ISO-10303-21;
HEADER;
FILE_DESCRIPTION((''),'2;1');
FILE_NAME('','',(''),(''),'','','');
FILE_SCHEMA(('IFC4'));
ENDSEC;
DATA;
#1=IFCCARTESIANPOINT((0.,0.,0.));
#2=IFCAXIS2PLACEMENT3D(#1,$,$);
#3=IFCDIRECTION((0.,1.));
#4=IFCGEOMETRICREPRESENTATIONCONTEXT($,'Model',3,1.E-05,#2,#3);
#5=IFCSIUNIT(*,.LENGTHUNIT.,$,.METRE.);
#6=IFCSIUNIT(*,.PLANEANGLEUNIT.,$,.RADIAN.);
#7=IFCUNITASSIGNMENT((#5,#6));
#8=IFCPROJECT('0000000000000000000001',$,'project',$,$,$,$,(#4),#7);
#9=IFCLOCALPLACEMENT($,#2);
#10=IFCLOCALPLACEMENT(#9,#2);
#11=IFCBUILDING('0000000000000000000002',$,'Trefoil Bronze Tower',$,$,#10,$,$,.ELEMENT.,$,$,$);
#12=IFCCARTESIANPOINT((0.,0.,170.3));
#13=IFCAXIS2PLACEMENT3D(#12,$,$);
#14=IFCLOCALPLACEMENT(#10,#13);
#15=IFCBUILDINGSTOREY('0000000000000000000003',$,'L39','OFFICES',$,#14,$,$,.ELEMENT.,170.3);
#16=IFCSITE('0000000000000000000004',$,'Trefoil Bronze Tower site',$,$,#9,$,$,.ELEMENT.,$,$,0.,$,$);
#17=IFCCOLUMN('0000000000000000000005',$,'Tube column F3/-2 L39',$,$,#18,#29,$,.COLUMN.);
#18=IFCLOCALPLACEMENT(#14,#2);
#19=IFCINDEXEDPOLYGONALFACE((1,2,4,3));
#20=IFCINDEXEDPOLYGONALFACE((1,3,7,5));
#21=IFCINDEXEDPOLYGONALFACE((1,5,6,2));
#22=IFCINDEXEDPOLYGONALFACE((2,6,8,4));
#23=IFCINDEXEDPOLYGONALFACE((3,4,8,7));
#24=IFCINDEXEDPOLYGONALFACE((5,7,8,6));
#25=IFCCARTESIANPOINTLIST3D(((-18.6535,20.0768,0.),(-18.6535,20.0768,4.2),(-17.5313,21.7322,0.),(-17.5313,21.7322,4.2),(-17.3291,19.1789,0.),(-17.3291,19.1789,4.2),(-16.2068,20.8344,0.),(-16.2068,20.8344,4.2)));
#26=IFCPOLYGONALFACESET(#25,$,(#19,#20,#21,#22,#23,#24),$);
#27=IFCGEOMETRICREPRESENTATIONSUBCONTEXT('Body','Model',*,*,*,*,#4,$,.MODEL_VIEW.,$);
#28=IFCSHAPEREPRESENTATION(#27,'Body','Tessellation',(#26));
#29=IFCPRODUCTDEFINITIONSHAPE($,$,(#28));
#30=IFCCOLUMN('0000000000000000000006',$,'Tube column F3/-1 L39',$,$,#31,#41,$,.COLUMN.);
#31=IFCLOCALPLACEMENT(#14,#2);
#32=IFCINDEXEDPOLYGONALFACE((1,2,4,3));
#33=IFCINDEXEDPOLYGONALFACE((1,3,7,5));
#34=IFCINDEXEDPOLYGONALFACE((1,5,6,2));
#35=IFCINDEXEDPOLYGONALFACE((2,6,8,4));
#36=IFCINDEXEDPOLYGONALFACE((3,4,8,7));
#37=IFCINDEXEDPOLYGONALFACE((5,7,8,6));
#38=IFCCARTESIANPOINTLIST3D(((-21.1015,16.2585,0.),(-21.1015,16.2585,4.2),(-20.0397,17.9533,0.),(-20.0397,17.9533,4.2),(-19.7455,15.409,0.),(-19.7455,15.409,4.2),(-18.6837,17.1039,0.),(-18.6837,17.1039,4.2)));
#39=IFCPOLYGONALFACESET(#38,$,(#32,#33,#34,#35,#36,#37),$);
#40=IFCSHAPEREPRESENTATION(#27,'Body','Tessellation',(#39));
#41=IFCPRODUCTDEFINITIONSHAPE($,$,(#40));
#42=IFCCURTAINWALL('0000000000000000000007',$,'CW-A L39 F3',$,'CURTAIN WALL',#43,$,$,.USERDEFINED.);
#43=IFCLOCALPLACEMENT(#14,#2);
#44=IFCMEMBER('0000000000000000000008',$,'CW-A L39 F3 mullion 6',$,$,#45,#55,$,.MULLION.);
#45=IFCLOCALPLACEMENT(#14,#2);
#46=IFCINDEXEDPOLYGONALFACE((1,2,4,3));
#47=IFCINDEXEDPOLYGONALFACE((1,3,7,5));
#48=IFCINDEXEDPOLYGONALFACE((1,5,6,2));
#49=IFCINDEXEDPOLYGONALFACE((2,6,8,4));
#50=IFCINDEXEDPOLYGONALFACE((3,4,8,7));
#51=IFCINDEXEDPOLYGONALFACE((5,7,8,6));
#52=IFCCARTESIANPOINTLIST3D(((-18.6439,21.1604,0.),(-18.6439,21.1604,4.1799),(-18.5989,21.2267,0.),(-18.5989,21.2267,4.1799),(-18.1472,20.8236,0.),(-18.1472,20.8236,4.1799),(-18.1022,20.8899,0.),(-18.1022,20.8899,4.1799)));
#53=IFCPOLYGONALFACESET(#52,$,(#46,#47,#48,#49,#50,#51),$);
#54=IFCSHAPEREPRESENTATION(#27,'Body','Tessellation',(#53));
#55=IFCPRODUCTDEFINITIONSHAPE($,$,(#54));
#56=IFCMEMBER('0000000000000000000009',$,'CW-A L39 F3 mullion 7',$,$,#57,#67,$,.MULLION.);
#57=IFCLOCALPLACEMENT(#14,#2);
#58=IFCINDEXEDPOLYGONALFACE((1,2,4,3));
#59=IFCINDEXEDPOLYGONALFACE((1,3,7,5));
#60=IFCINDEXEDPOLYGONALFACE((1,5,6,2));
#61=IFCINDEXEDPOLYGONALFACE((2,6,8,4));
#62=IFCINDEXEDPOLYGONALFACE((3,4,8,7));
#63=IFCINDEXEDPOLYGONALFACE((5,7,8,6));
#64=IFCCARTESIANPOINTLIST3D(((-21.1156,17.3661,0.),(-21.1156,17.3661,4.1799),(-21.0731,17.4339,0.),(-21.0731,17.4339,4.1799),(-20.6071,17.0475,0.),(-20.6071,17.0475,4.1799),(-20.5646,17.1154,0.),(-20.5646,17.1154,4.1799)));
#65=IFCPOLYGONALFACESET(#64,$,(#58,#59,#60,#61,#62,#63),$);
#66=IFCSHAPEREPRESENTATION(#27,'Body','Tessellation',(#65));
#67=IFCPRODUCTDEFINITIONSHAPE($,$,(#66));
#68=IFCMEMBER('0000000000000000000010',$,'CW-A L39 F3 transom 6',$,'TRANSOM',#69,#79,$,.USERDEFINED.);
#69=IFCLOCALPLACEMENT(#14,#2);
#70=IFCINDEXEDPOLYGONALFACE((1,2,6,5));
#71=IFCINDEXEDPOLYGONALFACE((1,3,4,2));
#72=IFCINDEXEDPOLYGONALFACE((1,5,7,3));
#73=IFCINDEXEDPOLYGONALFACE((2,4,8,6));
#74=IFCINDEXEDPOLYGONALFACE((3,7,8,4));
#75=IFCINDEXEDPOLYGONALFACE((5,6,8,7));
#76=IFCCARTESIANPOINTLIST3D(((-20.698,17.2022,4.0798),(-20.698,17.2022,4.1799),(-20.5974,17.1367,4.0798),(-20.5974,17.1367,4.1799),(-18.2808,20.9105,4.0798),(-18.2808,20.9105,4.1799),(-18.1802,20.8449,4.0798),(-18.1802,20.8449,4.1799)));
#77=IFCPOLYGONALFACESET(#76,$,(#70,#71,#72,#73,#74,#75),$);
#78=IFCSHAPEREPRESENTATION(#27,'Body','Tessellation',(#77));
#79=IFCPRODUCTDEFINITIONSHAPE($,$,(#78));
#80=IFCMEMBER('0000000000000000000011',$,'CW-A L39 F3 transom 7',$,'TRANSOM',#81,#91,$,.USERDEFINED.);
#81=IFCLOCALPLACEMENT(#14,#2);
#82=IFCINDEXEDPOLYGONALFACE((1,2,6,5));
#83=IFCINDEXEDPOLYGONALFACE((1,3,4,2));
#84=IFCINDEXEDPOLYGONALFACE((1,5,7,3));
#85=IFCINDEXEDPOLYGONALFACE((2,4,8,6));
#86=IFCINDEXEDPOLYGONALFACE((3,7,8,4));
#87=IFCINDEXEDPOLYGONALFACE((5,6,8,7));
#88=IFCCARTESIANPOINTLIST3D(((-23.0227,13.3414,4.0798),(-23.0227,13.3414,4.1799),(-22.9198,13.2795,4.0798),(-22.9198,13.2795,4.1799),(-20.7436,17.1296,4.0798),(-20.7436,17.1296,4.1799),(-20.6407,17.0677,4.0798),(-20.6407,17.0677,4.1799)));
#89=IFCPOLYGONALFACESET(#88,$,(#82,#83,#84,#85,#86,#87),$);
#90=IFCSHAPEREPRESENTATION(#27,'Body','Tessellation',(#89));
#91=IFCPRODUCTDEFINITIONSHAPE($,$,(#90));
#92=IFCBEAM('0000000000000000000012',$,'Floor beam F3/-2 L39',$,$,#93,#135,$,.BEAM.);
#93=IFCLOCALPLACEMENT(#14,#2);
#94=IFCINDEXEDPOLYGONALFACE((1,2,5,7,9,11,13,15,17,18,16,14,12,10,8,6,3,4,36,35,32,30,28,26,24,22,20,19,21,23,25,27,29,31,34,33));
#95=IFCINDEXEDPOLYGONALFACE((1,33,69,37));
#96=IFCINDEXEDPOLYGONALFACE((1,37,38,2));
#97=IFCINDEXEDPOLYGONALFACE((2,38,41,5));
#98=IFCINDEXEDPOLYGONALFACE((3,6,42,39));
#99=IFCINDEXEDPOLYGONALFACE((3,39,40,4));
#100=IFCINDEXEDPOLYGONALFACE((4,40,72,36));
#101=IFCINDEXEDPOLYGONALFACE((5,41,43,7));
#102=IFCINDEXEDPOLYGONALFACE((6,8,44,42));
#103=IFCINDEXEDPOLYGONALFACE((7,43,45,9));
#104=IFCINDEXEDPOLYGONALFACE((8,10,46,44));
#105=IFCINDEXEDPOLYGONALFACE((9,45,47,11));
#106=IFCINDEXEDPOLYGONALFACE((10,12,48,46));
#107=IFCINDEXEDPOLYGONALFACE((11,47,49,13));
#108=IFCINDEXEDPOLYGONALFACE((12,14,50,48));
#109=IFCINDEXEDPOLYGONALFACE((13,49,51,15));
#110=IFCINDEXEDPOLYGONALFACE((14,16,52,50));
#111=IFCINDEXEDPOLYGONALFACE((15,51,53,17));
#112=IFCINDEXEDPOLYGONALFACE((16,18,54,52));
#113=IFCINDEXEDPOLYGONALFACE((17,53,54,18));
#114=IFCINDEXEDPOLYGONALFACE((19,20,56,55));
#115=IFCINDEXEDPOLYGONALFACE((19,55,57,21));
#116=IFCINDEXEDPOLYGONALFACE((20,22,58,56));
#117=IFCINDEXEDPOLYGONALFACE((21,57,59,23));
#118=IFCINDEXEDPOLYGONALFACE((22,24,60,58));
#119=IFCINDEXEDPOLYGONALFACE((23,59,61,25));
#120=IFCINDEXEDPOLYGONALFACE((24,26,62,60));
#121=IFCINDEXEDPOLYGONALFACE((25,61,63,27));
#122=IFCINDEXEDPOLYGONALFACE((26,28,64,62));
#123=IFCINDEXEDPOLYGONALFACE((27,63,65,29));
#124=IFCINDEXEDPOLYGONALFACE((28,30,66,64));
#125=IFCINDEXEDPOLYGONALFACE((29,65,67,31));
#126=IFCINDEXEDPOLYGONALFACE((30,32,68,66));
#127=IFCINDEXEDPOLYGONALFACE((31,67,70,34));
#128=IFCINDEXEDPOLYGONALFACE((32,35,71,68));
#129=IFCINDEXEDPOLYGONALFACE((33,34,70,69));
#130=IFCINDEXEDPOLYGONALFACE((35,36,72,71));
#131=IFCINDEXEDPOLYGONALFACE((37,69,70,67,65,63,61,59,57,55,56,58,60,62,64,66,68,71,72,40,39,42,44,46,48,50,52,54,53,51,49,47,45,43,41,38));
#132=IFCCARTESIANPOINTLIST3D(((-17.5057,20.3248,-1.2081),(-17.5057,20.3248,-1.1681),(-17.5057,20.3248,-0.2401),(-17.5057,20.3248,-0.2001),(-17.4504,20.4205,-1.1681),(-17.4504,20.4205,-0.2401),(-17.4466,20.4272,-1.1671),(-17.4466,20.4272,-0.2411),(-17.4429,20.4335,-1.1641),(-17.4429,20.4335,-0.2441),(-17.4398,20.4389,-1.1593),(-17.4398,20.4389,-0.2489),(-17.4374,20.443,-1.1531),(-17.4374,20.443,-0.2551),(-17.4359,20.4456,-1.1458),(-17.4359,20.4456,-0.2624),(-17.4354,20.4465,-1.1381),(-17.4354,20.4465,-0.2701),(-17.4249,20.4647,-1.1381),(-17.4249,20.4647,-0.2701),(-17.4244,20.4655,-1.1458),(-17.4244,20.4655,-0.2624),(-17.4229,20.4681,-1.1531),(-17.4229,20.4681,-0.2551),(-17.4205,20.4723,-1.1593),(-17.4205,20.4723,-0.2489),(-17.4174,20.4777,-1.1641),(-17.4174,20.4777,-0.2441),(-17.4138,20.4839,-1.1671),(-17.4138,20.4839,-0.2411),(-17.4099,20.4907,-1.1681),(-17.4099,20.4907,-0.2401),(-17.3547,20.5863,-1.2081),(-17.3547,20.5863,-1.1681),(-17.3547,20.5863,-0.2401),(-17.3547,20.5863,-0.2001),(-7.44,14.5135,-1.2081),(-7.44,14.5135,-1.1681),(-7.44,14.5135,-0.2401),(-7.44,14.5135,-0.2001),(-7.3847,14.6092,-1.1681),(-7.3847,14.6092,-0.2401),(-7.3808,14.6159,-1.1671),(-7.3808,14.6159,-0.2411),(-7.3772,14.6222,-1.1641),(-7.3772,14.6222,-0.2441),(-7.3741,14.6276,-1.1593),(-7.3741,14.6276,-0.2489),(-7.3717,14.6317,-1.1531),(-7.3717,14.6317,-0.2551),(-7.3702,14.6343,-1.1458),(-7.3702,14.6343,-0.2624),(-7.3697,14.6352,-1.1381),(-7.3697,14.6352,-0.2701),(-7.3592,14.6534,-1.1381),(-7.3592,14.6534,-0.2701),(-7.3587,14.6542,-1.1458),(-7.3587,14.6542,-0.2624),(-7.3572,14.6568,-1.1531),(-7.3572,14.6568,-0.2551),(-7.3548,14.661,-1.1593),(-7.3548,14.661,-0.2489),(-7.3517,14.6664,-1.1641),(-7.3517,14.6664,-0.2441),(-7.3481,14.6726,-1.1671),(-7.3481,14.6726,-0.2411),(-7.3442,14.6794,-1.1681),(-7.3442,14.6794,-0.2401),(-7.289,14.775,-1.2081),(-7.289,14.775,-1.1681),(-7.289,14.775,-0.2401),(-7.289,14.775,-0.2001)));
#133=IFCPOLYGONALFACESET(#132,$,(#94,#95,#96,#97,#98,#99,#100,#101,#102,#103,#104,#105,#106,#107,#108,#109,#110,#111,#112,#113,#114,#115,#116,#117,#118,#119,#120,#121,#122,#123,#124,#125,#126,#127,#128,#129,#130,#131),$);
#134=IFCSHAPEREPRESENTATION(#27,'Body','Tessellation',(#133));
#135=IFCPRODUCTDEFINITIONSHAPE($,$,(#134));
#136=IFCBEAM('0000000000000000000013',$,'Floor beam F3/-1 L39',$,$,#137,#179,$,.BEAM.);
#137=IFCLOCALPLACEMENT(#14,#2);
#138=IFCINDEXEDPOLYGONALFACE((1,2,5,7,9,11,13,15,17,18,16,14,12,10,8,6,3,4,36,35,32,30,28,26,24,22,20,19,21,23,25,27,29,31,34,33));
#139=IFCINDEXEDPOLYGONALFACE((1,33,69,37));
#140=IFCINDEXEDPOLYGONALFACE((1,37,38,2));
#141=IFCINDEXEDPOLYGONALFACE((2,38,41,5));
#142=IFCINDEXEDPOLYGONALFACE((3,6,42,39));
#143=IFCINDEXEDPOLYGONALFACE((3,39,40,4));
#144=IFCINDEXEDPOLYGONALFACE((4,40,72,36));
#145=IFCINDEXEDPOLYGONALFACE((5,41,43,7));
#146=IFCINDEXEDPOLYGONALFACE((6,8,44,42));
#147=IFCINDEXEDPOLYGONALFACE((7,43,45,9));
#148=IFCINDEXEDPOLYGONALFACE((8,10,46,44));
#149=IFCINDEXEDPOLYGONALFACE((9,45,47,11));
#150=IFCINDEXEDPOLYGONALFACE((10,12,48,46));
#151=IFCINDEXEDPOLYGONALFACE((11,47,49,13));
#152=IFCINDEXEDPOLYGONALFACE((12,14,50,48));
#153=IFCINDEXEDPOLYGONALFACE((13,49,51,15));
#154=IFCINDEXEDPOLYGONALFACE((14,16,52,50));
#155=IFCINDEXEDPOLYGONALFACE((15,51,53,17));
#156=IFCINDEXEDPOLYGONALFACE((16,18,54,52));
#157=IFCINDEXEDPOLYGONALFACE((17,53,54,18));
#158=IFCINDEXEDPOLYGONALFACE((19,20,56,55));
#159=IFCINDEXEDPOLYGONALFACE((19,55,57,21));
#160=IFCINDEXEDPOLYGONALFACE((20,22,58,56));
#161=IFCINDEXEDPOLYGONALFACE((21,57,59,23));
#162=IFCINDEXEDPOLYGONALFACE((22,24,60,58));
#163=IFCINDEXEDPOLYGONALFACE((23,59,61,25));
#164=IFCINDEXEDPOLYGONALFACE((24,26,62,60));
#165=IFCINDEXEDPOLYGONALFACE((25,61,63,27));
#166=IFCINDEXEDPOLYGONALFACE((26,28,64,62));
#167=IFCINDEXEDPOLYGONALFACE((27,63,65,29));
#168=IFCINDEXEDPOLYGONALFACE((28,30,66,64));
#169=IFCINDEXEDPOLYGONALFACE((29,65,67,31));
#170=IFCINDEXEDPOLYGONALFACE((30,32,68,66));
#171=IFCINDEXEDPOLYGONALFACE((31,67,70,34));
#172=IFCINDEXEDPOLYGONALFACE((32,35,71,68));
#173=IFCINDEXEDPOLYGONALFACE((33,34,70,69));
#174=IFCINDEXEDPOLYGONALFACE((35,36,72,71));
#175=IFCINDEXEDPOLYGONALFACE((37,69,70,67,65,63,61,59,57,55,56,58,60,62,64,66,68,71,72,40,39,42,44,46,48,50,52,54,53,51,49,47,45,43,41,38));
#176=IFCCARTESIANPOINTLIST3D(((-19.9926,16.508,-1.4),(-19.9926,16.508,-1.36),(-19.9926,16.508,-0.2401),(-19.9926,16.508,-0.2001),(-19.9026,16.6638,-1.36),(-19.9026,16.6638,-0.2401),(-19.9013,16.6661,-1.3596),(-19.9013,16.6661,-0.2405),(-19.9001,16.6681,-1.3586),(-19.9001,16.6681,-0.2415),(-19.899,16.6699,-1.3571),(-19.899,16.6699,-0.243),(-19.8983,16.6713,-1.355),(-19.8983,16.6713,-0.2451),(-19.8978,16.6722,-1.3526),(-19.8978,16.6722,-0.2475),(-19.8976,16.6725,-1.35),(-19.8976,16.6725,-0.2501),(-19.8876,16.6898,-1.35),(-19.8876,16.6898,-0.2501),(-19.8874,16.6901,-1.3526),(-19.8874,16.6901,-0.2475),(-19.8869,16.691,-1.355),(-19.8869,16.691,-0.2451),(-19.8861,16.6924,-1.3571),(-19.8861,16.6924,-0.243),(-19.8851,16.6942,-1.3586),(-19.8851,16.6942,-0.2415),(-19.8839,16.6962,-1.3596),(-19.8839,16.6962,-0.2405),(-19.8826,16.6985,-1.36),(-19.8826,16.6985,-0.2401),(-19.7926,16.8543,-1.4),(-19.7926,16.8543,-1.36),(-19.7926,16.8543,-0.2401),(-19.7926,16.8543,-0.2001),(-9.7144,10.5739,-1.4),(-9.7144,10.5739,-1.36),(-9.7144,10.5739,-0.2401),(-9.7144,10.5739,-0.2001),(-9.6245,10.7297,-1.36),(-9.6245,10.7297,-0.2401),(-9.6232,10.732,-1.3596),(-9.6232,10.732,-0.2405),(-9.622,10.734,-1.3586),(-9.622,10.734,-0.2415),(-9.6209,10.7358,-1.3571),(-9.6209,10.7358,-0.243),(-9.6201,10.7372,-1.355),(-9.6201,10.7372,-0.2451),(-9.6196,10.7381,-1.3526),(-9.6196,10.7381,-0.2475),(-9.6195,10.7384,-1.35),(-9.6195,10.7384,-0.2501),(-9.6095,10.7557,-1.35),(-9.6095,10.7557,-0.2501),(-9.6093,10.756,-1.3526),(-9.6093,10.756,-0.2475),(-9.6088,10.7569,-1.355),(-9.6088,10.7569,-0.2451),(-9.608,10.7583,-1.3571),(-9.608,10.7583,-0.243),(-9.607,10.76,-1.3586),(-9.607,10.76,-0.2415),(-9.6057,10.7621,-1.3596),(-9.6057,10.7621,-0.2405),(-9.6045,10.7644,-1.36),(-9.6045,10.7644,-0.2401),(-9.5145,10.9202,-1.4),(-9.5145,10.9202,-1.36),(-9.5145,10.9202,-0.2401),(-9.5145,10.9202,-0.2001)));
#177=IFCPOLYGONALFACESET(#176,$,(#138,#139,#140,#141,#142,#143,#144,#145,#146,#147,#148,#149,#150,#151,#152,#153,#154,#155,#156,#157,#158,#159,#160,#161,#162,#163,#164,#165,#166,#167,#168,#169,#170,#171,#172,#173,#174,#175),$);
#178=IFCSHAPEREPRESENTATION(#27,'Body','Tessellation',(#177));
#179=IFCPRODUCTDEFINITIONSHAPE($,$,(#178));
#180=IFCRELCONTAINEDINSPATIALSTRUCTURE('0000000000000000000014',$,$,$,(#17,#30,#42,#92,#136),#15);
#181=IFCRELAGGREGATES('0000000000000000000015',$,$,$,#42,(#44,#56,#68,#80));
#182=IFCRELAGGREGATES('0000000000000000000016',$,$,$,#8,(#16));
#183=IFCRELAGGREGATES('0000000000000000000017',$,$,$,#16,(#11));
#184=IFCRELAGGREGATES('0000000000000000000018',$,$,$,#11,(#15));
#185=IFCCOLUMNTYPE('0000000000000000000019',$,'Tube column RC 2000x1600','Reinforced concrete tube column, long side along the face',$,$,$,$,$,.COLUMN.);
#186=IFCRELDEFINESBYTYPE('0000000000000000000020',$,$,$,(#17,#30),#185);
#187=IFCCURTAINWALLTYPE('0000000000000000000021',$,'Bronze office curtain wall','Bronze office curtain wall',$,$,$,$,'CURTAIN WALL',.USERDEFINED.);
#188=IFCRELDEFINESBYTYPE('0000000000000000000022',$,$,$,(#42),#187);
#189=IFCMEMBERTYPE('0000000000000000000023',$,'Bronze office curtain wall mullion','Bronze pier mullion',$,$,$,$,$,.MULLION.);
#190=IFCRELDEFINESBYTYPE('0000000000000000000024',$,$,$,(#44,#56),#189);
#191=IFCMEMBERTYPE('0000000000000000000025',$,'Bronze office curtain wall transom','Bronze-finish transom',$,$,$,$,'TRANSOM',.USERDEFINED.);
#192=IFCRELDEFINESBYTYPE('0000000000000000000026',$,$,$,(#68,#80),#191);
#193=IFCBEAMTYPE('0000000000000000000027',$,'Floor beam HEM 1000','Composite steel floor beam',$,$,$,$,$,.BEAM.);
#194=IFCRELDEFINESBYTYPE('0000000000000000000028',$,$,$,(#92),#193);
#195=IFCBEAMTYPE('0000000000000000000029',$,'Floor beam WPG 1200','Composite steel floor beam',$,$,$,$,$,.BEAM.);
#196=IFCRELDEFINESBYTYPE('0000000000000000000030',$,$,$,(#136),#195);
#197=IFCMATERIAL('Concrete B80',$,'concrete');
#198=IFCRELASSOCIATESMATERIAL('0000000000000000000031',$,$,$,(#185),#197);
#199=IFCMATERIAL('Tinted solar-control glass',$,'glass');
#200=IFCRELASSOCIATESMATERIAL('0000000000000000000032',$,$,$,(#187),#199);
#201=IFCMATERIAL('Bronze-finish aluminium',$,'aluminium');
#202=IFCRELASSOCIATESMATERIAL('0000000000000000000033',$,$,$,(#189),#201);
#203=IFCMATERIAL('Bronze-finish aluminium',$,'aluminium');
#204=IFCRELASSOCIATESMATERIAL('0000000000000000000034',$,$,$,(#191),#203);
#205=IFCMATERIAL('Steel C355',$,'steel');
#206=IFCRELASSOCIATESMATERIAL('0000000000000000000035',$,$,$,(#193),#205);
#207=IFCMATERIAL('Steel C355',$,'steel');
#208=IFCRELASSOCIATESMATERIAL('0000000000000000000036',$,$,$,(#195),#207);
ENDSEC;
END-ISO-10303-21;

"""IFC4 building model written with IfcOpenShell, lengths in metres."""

from ifc_helpers import new_model, si_unit, direction, frame, origin, origin_2d, place, context, subcontext, project, spatial, rectangle, i_section, extrude, material, material_profile, profile_set, type_object, element, aggregate, save


model = new_model("IFC4")

# Units and contexts
model_context = context("Model", 3, precision=1e-05, world=origin(), true_north=direction((0.0, 1.0)))
body_context = subcontext(model_context, "Body", "Model", "MODEL_VIEW")
ifc_project = project(units=[si_unit("LENGTHUNIT", "METRE"), si_unit("PLANEANGLEUNIT", "RADIAN")], contexts=[model_context])

# Site, building, storey
site_placement = place(None, origin())
site = spatial("IfcSite", under=ifc_project, at=site_placement, Name="Trefoil Bronze Tower site", CompositionType="ELEMENT", RefElevation=0.0)
building_placement = place(site_placement, origin())
building = spatial("IfcBuilding", under=site, at=building_placement, Name="Trefoil Bronze Tower", CompositionType="ELEMENT")
storey_placement = place(building_placement, frame((0.0, 0.0, 170.3)))
storey = spatial("IfcBuildingStorey", under=building, at=storey_placement, Name="L39", Description="OFFICES", CompositionType="ELEMENT", Elevation=170.3)

# Columns
ifc_material_1 = material(Name="Concrete B80", Category="concrete")
ifc_material_profile_1 = material_profile(ifc_material_1, rectangle(XDim=2.0, YDim=1.6001, at=origin_2d()), Name="RC 2000x1600")
ifc_profile_set_1 = profile_set([ifc_material_profile_1], Name="Concrete B80")
column_type = type_object("IfcColumnType", Name="Tube column RC 2000x1600", Description="Reinforced concrete tube column, long side along the face", PredefinedType="COLUMN", material=ifc_profile_set_1)
for number, where, z_axis, x_axis, name in (
    (1, (-17.4302, 20.4556, 0.0), (0.0, 0.0, 1.0), (-0.561136, -0.827724, 0.0), "Tube column F3/-2 L39"),
    (2, (-19.8926, 16.6812, 0.0), (0.0, 0.0, 1.0), (-0.530893, -0.847439, 0.0), "Tube column F3/-1 L39"),
):
    element("IfcColumn", number, at=place(storey_placement, frame(where, z_axis=z_axis, x_axis=x_axis)), inside=storey, type_object=column_type, Name=name, PredefinedType="COLUMN", context=body_context, shape_type="SweptSolid", body=[
        extrude(rectangle(XDim=2.0, YDim=1.6001, at=origin_2d()), origin(), (0.0, 0.0, 1.0), 4.2),
    ])

# Curtain wall, members
ifc_material_2 = material(Name="Tinted solar-control glass", Category="glass")
curtain_wall_type = type_object("IfcCurtainWallType", Name="Bronze office curtain wall", Description="Bronze office curtain wall", ElementType="CURTAIN WALL", PredefinedType="USERDEFINED", material=ifc_material_2)
curtain_wall_placement = place(storey_placement, origin())
curtain_wall = element("IfcCurtainWall", 3, at=curtain_wall_placement, inside=storey, type_object=curtain_wall_type, Name="CW-A L39 F3", ObjectType="CURTAIN WALL", PredefinedType="USERDEFINED")
ifc_material_3 = material(Name="Bronze-finish aluminium", Category="aluminium")
ifc_material_profile_2 = material_profile(ifc_material_3, rectangle(XDim=0.6001, YDim=0.0801, at=origin_2d()), Name="CW-A mullion")
ifc_profile_set_2 = profile_set([ifc_material_profile_2], Name="Bronze-finish aluminium")
member_type_1 = type_object("IfcMemberType", Name="Bronze office curtain wall mullion", Description="Bronze pier mullion", PredefinedType="MULLION", material=ifc_profile_set_2)
member_1_placement = place(storey_placement, frame((-18.373, 21.0251, 0.0), z_axis=(0.0, 0.0, 1.0), x_axis=(0.827724, -0.561136, 0.0)))
member_1 = element("IfcMember", 4, at=member_1_placement, type_object=member_type_1, Name="CW-A L39 F3 mullion 6", PredefinedType="MULLION", context=body_context, shape_type="SweptSolid", body=[
    extrude(rectangle(XDim=0.6001, YDim=0.0801, at=origin_2d()), origin(), (0.0, 0.0, 1.0), 4.1799),
])
member_2_placement = place(storey_placement, frame((-20.8401, 17.2407, 0.0), z_axis=(0.0, 0.0, 1.0), x_axis=(0.847439, -0.530893, 0.0)))
member_2 = element("IfcMember", 5, at=member_2_placement, type_object=member_type_1, Name="CW-A L39 F3 mullion 7", PredefinedType="MULLION", context=body_context, shape_type="SweptSolid", body=[
    extrude(rectangle(XDim=0.6001, YDim=0.0801, at=origin_2d()), origin(), (0.0, 0.0, 1.0), 4.1799),
])
ifc_material_4 = material(Name="Bronze-finish aluminium", Category="aluminium")
ifc_material_profile_3 = material_profile(ifc_material_4, rectangle(XDim=0.1201, YDim=0.1001, at=origin_2d()), Name="CW-A transom")
ifc_profile_set_3 = profile_set([ifc_material_profile_3], Name="Bronze-finish aluminium")
member_type_2 = type_object("IfcMemberType", Name="Bronze office curtain wall transom", Description="Bronze-finish transom", ElementType="TRANSOM", PredefinedType="USERDEFINED", material=ifc_profile_set_3)
member_3_placement = place(storey_placement, frame((-18.2305, 20.8777, 4.1299), z_axis=(-0.546079, -0.837733, 0.0), x_axis=(0.837733, -0.546079, 0.0)))
member_3 = element("IfcMember", 6, at=member_3_placement, type_object=member_type_2, Name="CW-A L39 F3 transom 6", ObjectType="TRANSOM", PredefinedType="USERDEFINED", context=body_context, shape_type="SweptSolid", body=[
    extrude(rectangle(XDim=0.1201, YDim=0.1001, at=origin_2d()), origin(), (0.0, 0.0, 1.0), 4.4265),
])
member_4_placement = place(storey_placement, frame((-20.6921, 17.0986, 4.1299), z_axis=(-0.515527, -0.856873, 0.0), x_axis=(0.856873, -0.515527, 0.0)))
member_4 = element("IfcMember", 7, at=member_4_placement, type_object=member_type_2, Name="CW-A L39 F3 transom 7", ObjectType="TRANSOM", PredefinedType="USERDEFINED", context=body_context, shape_type="SweptSolid", body=[
    extrude(rectangle(XDim=0.1201, YDim=0.1001, at=origin_2d()), origin(), (0.0, 0.0, 1.0), 4.4209),
])

# Beams
ifc_material_5 = material(Name="Steel C355", Category="steel")
ifc_material_profile_4 = material_profile(ifc_material_5, i_section(OverallWidth=0.302, OverallDepth=1.0081, WebThickness=0.021, FlangeThickness=0.04, FilletRadius=0.03, at=origin_2d()), Name="HEM 1000")
ifc_profile_set_4 = profile_set([ifc_material_profile_4], Name="Steel C355")
beam_type_1 = type_object("IfcBeamType", Name="Floor beam HEM 1000", Description="Composite steel floor beam", PredefinedType="BEAM", material=ifc_profile_set_4)
beam_1_placement = place(storey_placement, frame((-17.4302, 20.4556, -0.7041), z_axis=(0.866031, -0.499991, 0.0), x_axis=(0.499991, 0.866031, 0.0)))
element("IfcBeam", 8, at=beam_1_placement, inside=storey, type_object=beam_type_1, Name="Floor beam F3/-2 L39", PredefinedType="BEAM", context=body_context, shape_type="SweptSolid", body=[
    extrude(i_section(OverallWidth=0.302, OverallDepth=1.0081, WebThickness=0.021, FlangeThickness=0.04, FilletRadius=0.03, at=origin_2d()), origin(), (0.0, 0.0, 1.0), 11.6228),
])
ifc_material_6 = material(Name="Steel C355", Category="steel")
ifc_material_profile_5 = material_profile(ifc_material_6, i_section(OverallWidth=0.3999, OverallDepth=1.2, WebThickness=0.02, FlangeThickness=0.04, FilletRadius=0.01, at=origin_2d()), Name="WPG 1200")
ifc_profile_set_5 = profile_set([ifc_material_profile_5], Name="Steel C355")
beam_type_2 = type_object("IfcBeamType", Name="Floor beam WPG 1200", Description="Composite steel floor beam", PredefinedType="BEAM", material=ifc_profile_set_5)
beam_2_placement = place(storey_placement, frame((-19.8926, 16.6812, -0.8), z_axis=(0.866024, -0.500002, 0.0), x_axis=(0.500002, 0.866024, 0.0)))
element("IfcBeam", 9, at=beam_2_placement, inside=storey, type_object=beam_type_2, Name="Floor beam F3/-1 L39", PredefinedType="BEAM", context=body_context, shape_type="SweptSolid", body=[
    extrude(i_section(OverallWidth=0.3999, OverallDepth=1.2, WebThickness=0.02, FlangeThickness=0.04, FilletRadius=0.01, at=origin_2d()), origin(), (0.0, 0.0, 1.0), 11.8682),
])

aggregate(curtain_wall, [member_1, member_2, member_3, member_4])

save(model, "model.ifc")
